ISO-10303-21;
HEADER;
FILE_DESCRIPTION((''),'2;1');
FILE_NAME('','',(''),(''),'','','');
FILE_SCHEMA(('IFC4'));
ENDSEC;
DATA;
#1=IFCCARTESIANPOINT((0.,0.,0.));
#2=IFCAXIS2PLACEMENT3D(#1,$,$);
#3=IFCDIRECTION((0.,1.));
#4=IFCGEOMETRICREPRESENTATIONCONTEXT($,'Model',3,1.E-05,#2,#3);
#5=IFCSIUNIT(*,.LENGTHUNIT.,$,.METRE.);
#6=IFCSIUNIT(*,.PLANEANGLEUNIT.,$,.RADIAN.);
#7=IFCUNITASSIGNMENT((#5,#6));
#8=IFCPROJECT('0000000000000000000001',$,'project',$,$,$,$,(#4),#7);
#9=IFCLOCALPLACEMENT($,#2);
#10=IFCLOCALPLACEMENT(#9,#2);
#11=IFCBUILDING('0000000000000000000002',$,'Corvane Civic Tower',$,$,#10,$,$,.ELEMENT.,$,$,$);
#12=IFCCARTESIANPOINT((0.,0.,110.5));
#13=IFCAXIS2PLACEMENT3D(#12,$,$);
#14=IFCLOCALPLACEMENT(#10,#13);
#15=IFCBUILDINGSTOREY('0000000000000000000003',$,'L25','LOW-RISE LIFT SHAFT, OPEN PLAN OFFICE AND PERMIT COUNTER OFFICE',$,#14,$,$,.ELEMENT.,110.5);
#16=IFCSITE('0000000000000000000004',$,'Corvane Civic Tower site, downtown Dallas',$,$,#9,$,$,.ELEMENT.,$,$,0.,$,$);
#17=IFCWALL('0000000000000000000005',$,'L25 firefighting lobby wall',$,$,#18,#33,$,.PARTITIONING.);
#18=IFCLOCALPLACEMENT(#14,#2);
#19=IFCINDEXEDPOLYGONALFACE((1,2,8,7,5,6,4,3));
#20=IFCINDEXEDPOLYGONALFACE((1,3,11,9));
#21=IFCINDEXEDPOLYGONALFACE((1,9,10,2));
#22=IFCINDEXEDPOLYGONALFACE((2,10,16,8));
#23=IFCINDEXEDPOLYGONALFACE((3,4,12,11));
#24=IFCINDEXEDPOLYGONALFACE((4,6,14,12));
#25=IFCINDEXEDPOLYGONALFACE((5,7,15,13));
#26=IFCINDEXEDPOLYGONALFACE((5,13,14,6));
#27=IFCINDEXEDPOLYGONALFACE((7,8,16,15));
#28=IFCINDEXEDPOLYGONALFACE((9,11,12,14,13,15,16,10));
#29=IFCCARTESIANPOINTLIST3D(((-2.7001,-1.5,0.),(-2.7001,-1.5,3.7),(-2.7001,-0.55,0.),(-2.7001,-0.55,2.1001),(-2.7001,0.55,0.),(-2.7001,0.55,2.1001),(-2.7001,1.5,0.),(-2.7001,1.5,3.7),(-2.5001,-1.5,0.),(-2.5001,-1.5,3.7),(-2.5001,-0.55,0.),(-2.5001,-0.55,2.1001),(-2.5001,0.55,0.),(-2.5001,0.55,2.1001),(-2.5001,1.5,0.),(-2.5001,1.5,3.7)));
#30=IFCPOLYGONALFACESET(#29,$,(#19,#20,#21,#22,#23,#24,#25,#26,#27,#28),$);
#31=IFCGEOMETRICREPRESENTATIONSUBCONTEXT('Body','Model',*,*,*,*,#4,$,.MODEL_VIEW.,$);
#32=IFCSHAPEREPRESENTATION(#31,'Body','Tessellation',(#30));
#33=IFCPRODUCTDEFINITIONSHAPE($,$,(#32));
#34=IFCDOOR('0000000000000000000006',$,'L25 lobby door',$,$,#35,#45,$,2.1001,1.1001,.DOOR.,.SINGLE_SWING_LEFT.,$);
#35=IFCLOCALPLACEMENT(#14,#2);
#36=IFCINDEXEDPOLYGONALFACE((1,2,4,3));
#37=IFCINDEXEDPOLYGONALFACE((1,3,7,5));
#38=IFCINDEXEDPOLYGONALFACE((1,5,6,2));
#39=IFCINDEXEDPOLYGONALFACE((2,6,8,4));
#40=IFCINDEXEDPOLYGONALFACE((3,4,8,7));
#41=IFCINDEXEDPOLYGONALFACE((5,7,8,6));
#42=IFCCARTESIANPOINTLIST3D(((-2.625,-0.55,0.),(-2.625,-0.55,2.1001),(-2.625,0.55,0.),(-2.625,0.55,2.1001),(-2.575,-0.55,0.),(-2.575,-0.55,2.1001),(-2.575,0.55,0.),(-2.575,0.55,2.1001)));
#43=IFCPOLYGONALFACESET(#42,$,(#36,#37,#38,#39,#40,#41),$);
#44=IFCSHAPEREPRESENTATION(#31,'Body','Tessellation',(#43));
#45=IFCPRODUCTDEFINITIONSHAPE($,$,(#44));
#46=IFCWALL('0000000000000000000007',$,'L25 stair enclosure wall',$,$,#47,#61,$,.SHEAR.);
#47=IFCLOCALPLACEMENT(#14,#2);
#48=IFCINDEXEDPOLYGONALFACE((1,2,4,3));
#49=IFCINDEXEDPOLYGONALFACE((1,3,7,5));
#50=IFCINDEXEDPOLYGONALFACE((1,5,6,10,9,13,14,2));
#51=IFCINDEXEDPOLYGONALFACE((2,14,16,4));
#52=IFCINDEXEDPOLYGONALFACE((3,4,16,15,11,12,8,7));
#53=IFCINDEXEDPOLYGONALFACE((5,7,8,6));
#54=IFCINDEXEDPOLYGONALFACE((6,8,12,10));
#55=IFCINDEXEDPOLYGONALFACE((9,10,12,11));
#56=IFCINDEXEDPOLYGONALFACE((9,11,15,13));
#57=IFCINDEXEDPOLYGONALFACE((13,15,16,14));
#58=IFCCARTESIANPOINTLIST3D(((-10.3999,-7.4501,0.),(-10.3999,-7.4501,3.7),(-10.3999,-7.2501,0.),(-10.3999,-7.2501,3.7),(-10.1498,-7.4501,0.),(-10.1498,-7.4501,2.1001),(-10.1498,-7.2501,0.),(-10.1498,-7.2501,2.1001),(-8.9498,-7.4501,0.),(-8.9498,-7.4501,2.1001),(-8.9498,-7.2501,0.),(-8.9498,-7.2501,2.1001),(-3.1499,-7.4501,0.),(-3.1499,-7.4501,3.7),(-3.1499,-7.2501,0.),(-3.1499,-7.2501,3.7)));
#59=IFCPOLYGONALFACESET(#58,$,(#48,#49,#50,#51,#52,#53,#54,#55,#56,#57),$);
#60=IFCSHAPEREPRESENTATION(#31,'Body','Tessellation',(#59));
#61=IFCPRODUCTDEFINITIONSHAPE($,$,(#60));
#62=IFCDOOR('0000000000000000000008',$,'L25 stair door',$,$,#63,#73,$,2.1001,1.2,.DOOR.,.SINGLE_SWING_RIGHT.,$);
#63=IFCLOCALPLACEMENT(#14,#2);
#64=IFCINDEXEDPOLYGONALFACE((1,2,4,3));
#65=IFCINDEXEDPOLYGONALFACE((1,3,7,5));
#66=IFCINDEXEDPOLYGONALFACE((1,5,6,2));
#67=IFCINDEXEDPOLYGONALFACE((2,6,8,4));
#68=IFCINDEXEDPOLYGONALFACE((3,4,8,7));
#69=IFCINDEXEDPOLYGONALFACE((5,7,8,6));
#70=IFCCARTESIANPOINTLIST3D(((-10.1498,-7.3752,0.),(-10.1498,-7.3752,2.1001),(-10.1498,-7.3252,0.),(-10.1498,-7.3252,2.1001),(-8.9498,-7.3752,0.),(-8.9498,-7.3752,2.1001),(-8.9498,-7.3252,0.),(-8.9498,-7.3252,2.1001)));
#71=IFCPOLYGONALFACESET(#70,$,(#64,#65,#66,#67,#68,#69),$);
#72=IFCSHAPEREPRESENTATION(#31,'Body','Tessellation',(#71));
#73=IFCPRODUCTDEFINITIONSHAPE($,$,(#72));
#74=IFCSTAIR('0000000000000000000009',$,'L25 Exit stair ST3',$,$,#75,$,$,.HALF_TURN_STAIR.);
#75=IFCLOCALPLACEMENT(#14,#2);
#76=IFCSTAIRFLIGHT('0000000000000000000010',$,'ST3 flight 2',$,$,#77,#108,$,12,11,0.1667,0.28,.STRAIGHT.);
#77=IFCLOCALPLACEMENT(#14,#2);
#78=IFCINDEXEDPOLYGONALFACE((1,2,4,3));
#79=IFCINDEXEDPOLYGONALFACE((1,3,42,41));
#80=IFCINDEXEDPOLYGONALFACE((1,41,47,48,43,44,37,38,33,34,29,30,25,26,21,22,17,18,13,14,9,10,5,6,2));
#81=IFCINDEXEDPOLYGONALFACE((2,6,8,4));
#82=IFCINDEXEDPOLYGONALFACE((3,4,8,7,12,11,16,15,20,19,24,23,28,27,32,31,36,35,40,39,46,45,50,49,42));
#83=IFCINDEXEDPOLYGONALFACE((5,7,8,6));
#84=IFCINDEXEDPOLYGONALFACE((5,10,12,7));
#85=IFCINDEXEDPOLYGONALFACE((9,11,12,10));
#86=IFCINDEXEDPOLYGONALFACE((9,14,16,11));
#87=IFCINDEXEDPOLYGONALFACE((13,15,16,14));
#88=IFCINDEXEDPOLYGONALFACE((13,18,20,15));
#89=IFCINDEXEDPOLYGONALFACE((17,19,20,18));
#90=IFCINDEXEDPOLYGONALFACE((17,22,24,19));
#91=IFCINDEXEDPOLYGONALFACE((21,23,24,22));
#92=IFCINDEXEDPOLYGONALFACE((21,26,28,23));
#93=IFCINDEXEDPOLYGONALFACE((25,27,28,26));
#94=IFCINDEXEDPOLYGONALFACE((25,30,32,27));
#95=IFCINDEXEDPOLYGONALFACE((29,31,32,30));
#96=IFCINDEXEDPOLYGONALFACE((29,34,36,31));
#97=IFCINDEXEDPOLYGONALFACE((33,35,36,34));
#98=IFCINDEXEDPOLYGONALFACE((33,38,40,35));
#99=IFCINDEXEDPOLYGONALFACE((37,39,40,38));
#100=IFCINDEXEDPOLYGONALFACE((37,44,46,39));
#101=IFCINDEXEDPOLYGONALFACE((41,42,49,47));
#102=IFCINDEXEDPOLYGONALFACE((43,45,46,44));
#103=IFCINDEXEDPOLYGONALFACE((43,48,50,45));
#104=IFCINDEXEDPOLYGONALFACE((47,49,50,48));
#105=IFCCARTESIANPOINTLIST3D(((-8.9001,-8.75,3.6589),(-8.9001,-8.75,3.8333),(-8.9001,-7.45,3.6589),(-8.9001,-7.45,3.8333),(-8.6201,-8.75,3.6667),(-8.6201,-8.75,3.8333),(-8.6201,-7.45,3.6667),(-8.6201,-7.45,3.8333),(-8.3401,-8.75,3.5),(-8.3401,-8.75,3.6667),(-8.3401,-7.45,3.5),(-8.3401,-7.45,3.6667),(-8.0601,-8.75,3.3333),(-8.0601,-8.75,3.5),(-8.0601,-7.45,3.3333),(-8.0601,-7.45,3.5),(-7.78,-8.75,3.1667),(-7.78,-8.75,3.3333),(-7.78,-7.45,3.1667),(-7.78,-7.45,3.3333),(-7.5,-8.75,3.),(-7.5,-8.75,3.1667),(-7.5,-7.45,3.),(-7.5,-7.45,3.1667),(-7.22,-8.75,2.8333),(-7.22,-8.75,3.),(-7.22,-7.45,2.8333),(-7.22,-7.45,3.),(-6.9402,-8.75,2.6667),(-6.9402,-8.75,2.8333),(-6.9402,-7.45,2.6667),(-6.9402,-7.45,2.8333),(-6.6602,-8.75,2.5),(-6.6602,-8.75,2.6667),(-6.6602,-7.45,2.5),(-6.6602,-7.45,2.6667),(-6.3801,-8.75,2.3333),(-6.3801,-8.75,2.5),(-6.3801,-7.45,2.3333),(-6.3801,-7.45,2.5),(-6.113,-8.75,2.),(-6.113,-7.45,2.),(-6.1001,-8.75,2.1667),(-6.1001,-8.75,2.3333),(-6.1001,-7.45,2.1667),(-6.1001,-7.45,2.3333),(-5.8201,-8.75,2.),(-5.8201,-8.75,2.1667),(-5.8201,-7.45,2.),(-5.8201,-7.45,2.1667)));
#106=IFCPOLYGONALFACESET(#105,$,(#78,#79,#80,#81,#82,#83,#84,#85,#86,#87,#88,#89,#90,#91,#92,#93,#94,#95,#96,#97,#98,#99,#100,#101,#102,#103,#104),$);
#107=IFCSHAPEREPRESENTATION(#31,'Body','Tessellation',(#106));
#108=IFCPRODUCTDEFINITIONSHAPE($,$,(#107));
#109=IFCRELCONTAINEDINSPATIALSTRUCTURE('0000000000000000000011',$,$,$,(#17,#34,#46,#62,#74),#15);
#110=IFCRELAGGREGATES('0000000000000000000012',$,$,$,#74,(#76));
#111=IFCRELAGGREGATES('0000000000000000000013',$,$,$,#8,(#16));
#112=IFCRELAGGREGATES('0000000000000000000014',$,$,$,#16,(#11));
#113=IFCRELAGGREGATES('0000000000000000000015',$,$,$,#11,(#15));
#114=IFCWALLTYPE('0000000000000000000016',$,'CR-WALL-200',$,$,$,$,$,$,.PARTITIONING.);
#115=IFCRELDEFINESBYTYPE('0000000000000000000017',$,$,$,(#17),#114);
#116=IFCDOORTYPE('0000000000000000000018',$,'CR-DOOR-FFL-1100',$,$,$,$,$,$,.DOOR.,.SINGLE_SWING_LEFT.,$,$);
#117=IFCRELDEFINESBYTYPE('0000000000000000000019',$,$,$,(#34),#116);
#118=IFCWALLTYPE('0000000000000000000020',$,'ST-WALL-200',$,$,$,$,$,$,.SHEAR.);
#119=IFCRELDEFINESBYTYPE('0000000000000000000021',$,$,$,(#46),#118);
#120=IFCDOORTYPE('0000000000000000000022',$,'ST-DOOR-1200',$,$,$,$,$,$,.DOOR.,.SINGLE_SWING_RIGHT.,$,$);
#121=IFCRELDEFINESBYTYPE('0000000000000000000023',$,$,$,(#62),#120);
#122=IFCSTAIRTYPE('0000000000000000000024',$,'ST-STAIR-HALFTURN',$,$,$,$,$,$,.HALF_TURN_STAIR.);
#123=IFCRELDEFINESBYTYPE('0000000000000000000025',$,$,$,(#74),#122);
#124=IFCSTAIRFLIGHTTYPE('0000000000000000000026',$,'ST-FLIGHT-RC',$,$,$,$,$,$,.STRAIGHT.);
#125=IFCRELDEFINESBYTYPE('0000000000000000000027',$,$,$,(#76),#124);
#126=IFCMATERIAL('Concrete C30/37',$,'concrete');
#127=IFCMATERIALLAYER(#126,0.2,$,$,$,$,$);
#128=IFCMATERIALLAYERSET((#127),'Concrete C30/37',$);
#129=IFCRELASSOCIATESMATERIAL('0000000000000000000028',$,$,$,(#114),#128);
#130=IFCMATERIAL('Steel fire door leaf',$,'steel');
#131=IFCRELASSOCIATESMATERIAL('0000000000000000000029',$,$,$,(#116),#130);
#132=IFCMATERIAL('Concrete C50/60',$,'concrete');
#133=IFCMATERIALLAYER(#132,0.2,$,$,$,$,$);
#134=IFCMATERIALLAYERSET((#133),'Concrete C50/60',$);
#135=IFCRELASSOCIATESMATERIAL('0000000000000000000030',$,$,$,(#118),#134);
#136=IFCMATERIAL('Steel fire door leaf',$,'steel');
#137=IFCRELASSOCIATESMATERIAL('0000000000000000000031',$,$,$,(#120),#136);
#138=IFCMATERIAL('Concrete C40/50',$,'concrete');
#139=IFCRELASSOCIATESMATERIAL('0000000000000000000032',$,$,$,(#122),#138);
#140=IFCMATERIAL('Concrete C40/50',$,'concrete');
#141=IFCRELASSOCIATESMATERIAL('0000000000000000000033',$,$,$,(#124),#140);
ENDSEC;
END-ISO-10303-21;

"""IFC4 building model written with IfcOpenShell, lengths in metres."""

from ifc_helpers import new_model, si_unit, direction, frame, frame_2d, origin, place, context, subcontext, project, spatial, polyline, rectangle, outline, extrude, material, layer, layer_set, type_object, element, fill, aggregate, save


model = new_model("IFC4")

# Units and contexts
model_context = context("Model", 3, precision=1e-05, world=origin(), true_north=direction((0.0, 1.0)))
body_context = subcontext(model_context, "Body", "Model", "MODEL_VIEW")
ifc_project = project(units=[si_unit("LENGTHUNIT", "METRE"), si_unit("PLANEANGLEUNIT", "RADIAN")], contexts=[model_context])

# Site, building, storey
site_placement = place(None, origin())
site = spatial("IfcSite", under=ifc_project, at=site_placement, Name="Corvane Civic Tower site, downtown Dallas", CompositionType="ELEMENT", RefElevation=0.0)
building_placement = place(site_placement, origin())
building = spatial("IfcBuilding", under=site, at=building_placement, Name="Corvane Civic Tower", CompositionType="ELEMENT")
storey_placement = place(building_placement, frame((0.0, 0.0, 110.5)))
storey = spatial("IfcBuildingStorey", under=building, at=storey_placement, Name="L25", Description="LOW-RISE LIFT SHAFT, OPEN PLAN OFFICE AND PERMIT COUNTER OFFICE", CompositionType="ELEMENT", Elevation=110.5)

# Shared definitions
ifc_material_1 = material(Name="Concrete C30/37", Category="concrete")
ifc_layer_1 = layer(ifc_material_1, 0.2)
ifc_layer_set_1 = layer_set([ifc_layer_1], Name="Concrete C30/37")
wall_type_1 = type_object("IfcWallType", Name="CR-WALL-200", PredefinedType="PARTITIONING", material=ifc_layer_set_1)

# Walls, openings, doors
ifc_material_2 = material(Name="Steel fire door leaf", Category="steel")
door_type_1 = type_object("IfcDoorType", Name="CR-DOOR-FFL-1100", OperationType="SINGLE_SWING_LEFT", PredefinedType="DOOR", material=ifc_material_2)
wall_1_placement = place(storey_placement, frame((-2.6001, -1.5, 0.0), z_axis=(0.0, 0.0, 1.0), x_axis=(0.0, 1.0, 0.0)))
wall_1 = element("IfcWall", 1, at=wall_1_placement, inside=storey, type_object=wall_type_1, Name="L25 firefighting lobby wall", PredefinedType="PARTITIONING", context=body_context, shape_type="SweptSolid", body=[
    extrude(rectangle(XDim=3.0, YDim=0.2, at=frame_2d((1.5, 0.0))), origin(), (0.0, 0.0, 1.0), 3.7),
])
opening_1_placement = place(wall_1_placement, frame((0.95, 0.0, 0.0)))
opening_1 = element("IfcOpeningElement", 2, at=opening_1_placement, cuts=wall_1, PredefinedType="OPENING", context=body_context, shape_type="SweptSolid", body=[
    extrude(rectangle(XDim=1.1001, YDim=2.1001, at=frame_2d((0.55, 1.05))), frame((0.0, 0.1099, 0.0), z_axis=(0.0, -1.0, 0.0), x_axis=(1.0, 0.0, 0.0)), (0.0, 0.0, 1.0), 0.22),
])
door_1_placement = place(opening_1_placement, origin())
door_1 = element("IfcDoor", 3, at=door_1_placement, inside=storey, type_object=door_type_1, Name="L25 lobby door", OperationType="SINGLE_SWING_LEFT", OverallHeight=2.1001, OverallWidth=1.1001, PredefinedType="DOOR", context=body_context, shape_type="SweptSolid", body=[
    extrude(rectangle(XDim=1.1001, YDim=2.1001, at=frame_2d((0.55, 1.05))), frame((0.0, 0.0249, 0.0), z_axis=(0.0, -1.0, 0.0), x_axis=(1.0, 0.0, 0.0)), (0.0, 0.0, 1.0), 0.05),
])
fill(opening_1, door_1)
ifc_material_3 = material(Name="Concrete C50/60", Category="concrete")
ifc_layer_2 = layer(ifc_material_3, 0.2)
ifc_layer_set_2 = layer_set([ifc_layer_2], Name="Concrete C50/60")
wall_type_2 = type_object("IfcWallType", Name="ST-WALL-200", PredefinedType="SHEAR", material=ifc_layer_set_2)
wall_2_placement = place(storey_placement, frame((-10.3999, -7.3501, 0.0), z_axis=(0.0, 0.0, 1.0), x_axis=(1.0, 0.0, 0.0)))
wall_2 = element("IfcWall", 4, at=wall_2_placement, inside=storey, type_object=wall_type_2, Name="L25 stair enclosure wall", PredefinedType="SHEAR", context=body_context, shape_type="SweptSolid", body=[
    extrude(rectangle(XDim=7.25, YDim=0.2, at=frame_2d((3.625, 0.0))), origin(), (0.0, 0.0, 1.0), 3.7),
])
opening_2_placement = place(wall_2_placement, frame((0.25, 0.0, 0.0)))
opening_2 = element("IfcOpeningElement", 5, at=opening_2_placement, cuts=wall_2, PredefinedType="OPENING", context=body_context, shape_type="SweptSolid", body=[
    extrude(rectangle(XDim=1.2, YDim=2.1001, at=frame_2d((0.6001, 1.05))), frame((0.0, 0.1099, 0.0), z_axis=(0.0, -1.0, 0.0), x_axis=(1.0, 0.0, 0.0)), (0.0, 0.0, 1.0), 0.22),
])
ifc_material_4 = material(Name="Steel fire door leaf", Category="steel")
door_type_2 = type_object("IfcDoorType", Name="ST-DOOR-1200", OperationType="SINGLE_SWING_RIGHT", PredefinedType="DOOR", material=ifc_material_4)
door_2_placement = place(opening_2_placement, origin())
door_2 = element("IfcDoor", 6, at=door_2_placement, inside=storey, type_object=door_type_2, Name="L25 stair door", OperationType="SINGLE_SWING_RIGHT", OverallHeight=2.1001, OverallWidth=1.2, PredefinedType="DOOR", context=body_context, shape_type="SweptSolid", body=[
    extrude(rectangle(XDim=1.2, YDim=2.1001, at=frame_2d((0.6001, 1.05))), frame((0.0, 0.0249, 0.0), z_axis=(0.0, -1.0, 0.0), x_axis=(1.0, 0.0, 0.0)), (0.0, 0.0, 1.0), 0.05),
])
fill(opening_2, door_2)

# Stair, stair flight
ifc_material_5 = material(Name="Concrete C40/50", Category="concrete")
stair_type = type_object("IfcStairType", Name="ST-STAIR-HALFTURN", PredefinedType="HALF_TURN_STAIR", material=ifc_material_5)
stair_placement = place(storey_placement, origin())
stair = element("IfcStair", 7, at=stair_placement, inside=storey, type_object=stair_type, Name="L25 Exit stair ST3", PredefinedType="HALF_TURN_STAIR")
ifc_material_6 = material(Name="Concrete C40/50", Category="concrete")
stair_flight_type = type_object("IfcStairFlightType", Name="ST-FLIGHT-RC", PredefinedType="STRAIGHT", material=ifc_material_6)
stair_flight_placement = place(storey_placement, frame((-5.8201, -8.1001, 2.0), z_axis=(0.0, 0.0, 1.0), x_axis=(-1.0, 0.0, 0.0)))
stair_flight = element("IfcStairFlight", 8, at=stair_flight_placement, type_object=stair_flight_type, Name="ST3 flight 2", NumberOfRisers=12, NumberOfTreads=11, PredefinedType="STRAIGHT", RiserHeight=0.1667, TreadLength=0.28, context=body_context, shape_type="SweptSolid", body=[
    extrude(outline(polyline([(0.0, 0.0), (0.0, 0.1667), (0.28, 0.1667), (0.28, 0.3333), (0.5601, 0.3333), (0.5601, 0.5), (0.8401, 0.5), (0.8401, 0.6667), (1.1201, 0.6667), (1.1201, 0.8333), (1.3999, 0.8333), (1.3999, 1.0), (1.6799, 1.0), (1.6799, 1.1667), (1.96, 1.1667), (1.96, 1.3333), (2.24, 1.3333), (2.24, 1.5), (2.52, 1.5), (2.52, 1.6667), (2.8, 1.6667), (2.8, 1.8333), (3.0801, 1.8333), (3.0801, 2.0), (3.0801, 1.6589), (0.293, 0.0), (0.0, 0.0)])), frame((0.0, 0.6499, 0.0), z_axis=(0.0, -1.0, 0.0), x_axis=(1.0, 0.0, 0.0)), (0.0, 0.0, 1.0), 1.3),
])
aggregate(stair, [stair_flight])

save(model, "model.ifc")
